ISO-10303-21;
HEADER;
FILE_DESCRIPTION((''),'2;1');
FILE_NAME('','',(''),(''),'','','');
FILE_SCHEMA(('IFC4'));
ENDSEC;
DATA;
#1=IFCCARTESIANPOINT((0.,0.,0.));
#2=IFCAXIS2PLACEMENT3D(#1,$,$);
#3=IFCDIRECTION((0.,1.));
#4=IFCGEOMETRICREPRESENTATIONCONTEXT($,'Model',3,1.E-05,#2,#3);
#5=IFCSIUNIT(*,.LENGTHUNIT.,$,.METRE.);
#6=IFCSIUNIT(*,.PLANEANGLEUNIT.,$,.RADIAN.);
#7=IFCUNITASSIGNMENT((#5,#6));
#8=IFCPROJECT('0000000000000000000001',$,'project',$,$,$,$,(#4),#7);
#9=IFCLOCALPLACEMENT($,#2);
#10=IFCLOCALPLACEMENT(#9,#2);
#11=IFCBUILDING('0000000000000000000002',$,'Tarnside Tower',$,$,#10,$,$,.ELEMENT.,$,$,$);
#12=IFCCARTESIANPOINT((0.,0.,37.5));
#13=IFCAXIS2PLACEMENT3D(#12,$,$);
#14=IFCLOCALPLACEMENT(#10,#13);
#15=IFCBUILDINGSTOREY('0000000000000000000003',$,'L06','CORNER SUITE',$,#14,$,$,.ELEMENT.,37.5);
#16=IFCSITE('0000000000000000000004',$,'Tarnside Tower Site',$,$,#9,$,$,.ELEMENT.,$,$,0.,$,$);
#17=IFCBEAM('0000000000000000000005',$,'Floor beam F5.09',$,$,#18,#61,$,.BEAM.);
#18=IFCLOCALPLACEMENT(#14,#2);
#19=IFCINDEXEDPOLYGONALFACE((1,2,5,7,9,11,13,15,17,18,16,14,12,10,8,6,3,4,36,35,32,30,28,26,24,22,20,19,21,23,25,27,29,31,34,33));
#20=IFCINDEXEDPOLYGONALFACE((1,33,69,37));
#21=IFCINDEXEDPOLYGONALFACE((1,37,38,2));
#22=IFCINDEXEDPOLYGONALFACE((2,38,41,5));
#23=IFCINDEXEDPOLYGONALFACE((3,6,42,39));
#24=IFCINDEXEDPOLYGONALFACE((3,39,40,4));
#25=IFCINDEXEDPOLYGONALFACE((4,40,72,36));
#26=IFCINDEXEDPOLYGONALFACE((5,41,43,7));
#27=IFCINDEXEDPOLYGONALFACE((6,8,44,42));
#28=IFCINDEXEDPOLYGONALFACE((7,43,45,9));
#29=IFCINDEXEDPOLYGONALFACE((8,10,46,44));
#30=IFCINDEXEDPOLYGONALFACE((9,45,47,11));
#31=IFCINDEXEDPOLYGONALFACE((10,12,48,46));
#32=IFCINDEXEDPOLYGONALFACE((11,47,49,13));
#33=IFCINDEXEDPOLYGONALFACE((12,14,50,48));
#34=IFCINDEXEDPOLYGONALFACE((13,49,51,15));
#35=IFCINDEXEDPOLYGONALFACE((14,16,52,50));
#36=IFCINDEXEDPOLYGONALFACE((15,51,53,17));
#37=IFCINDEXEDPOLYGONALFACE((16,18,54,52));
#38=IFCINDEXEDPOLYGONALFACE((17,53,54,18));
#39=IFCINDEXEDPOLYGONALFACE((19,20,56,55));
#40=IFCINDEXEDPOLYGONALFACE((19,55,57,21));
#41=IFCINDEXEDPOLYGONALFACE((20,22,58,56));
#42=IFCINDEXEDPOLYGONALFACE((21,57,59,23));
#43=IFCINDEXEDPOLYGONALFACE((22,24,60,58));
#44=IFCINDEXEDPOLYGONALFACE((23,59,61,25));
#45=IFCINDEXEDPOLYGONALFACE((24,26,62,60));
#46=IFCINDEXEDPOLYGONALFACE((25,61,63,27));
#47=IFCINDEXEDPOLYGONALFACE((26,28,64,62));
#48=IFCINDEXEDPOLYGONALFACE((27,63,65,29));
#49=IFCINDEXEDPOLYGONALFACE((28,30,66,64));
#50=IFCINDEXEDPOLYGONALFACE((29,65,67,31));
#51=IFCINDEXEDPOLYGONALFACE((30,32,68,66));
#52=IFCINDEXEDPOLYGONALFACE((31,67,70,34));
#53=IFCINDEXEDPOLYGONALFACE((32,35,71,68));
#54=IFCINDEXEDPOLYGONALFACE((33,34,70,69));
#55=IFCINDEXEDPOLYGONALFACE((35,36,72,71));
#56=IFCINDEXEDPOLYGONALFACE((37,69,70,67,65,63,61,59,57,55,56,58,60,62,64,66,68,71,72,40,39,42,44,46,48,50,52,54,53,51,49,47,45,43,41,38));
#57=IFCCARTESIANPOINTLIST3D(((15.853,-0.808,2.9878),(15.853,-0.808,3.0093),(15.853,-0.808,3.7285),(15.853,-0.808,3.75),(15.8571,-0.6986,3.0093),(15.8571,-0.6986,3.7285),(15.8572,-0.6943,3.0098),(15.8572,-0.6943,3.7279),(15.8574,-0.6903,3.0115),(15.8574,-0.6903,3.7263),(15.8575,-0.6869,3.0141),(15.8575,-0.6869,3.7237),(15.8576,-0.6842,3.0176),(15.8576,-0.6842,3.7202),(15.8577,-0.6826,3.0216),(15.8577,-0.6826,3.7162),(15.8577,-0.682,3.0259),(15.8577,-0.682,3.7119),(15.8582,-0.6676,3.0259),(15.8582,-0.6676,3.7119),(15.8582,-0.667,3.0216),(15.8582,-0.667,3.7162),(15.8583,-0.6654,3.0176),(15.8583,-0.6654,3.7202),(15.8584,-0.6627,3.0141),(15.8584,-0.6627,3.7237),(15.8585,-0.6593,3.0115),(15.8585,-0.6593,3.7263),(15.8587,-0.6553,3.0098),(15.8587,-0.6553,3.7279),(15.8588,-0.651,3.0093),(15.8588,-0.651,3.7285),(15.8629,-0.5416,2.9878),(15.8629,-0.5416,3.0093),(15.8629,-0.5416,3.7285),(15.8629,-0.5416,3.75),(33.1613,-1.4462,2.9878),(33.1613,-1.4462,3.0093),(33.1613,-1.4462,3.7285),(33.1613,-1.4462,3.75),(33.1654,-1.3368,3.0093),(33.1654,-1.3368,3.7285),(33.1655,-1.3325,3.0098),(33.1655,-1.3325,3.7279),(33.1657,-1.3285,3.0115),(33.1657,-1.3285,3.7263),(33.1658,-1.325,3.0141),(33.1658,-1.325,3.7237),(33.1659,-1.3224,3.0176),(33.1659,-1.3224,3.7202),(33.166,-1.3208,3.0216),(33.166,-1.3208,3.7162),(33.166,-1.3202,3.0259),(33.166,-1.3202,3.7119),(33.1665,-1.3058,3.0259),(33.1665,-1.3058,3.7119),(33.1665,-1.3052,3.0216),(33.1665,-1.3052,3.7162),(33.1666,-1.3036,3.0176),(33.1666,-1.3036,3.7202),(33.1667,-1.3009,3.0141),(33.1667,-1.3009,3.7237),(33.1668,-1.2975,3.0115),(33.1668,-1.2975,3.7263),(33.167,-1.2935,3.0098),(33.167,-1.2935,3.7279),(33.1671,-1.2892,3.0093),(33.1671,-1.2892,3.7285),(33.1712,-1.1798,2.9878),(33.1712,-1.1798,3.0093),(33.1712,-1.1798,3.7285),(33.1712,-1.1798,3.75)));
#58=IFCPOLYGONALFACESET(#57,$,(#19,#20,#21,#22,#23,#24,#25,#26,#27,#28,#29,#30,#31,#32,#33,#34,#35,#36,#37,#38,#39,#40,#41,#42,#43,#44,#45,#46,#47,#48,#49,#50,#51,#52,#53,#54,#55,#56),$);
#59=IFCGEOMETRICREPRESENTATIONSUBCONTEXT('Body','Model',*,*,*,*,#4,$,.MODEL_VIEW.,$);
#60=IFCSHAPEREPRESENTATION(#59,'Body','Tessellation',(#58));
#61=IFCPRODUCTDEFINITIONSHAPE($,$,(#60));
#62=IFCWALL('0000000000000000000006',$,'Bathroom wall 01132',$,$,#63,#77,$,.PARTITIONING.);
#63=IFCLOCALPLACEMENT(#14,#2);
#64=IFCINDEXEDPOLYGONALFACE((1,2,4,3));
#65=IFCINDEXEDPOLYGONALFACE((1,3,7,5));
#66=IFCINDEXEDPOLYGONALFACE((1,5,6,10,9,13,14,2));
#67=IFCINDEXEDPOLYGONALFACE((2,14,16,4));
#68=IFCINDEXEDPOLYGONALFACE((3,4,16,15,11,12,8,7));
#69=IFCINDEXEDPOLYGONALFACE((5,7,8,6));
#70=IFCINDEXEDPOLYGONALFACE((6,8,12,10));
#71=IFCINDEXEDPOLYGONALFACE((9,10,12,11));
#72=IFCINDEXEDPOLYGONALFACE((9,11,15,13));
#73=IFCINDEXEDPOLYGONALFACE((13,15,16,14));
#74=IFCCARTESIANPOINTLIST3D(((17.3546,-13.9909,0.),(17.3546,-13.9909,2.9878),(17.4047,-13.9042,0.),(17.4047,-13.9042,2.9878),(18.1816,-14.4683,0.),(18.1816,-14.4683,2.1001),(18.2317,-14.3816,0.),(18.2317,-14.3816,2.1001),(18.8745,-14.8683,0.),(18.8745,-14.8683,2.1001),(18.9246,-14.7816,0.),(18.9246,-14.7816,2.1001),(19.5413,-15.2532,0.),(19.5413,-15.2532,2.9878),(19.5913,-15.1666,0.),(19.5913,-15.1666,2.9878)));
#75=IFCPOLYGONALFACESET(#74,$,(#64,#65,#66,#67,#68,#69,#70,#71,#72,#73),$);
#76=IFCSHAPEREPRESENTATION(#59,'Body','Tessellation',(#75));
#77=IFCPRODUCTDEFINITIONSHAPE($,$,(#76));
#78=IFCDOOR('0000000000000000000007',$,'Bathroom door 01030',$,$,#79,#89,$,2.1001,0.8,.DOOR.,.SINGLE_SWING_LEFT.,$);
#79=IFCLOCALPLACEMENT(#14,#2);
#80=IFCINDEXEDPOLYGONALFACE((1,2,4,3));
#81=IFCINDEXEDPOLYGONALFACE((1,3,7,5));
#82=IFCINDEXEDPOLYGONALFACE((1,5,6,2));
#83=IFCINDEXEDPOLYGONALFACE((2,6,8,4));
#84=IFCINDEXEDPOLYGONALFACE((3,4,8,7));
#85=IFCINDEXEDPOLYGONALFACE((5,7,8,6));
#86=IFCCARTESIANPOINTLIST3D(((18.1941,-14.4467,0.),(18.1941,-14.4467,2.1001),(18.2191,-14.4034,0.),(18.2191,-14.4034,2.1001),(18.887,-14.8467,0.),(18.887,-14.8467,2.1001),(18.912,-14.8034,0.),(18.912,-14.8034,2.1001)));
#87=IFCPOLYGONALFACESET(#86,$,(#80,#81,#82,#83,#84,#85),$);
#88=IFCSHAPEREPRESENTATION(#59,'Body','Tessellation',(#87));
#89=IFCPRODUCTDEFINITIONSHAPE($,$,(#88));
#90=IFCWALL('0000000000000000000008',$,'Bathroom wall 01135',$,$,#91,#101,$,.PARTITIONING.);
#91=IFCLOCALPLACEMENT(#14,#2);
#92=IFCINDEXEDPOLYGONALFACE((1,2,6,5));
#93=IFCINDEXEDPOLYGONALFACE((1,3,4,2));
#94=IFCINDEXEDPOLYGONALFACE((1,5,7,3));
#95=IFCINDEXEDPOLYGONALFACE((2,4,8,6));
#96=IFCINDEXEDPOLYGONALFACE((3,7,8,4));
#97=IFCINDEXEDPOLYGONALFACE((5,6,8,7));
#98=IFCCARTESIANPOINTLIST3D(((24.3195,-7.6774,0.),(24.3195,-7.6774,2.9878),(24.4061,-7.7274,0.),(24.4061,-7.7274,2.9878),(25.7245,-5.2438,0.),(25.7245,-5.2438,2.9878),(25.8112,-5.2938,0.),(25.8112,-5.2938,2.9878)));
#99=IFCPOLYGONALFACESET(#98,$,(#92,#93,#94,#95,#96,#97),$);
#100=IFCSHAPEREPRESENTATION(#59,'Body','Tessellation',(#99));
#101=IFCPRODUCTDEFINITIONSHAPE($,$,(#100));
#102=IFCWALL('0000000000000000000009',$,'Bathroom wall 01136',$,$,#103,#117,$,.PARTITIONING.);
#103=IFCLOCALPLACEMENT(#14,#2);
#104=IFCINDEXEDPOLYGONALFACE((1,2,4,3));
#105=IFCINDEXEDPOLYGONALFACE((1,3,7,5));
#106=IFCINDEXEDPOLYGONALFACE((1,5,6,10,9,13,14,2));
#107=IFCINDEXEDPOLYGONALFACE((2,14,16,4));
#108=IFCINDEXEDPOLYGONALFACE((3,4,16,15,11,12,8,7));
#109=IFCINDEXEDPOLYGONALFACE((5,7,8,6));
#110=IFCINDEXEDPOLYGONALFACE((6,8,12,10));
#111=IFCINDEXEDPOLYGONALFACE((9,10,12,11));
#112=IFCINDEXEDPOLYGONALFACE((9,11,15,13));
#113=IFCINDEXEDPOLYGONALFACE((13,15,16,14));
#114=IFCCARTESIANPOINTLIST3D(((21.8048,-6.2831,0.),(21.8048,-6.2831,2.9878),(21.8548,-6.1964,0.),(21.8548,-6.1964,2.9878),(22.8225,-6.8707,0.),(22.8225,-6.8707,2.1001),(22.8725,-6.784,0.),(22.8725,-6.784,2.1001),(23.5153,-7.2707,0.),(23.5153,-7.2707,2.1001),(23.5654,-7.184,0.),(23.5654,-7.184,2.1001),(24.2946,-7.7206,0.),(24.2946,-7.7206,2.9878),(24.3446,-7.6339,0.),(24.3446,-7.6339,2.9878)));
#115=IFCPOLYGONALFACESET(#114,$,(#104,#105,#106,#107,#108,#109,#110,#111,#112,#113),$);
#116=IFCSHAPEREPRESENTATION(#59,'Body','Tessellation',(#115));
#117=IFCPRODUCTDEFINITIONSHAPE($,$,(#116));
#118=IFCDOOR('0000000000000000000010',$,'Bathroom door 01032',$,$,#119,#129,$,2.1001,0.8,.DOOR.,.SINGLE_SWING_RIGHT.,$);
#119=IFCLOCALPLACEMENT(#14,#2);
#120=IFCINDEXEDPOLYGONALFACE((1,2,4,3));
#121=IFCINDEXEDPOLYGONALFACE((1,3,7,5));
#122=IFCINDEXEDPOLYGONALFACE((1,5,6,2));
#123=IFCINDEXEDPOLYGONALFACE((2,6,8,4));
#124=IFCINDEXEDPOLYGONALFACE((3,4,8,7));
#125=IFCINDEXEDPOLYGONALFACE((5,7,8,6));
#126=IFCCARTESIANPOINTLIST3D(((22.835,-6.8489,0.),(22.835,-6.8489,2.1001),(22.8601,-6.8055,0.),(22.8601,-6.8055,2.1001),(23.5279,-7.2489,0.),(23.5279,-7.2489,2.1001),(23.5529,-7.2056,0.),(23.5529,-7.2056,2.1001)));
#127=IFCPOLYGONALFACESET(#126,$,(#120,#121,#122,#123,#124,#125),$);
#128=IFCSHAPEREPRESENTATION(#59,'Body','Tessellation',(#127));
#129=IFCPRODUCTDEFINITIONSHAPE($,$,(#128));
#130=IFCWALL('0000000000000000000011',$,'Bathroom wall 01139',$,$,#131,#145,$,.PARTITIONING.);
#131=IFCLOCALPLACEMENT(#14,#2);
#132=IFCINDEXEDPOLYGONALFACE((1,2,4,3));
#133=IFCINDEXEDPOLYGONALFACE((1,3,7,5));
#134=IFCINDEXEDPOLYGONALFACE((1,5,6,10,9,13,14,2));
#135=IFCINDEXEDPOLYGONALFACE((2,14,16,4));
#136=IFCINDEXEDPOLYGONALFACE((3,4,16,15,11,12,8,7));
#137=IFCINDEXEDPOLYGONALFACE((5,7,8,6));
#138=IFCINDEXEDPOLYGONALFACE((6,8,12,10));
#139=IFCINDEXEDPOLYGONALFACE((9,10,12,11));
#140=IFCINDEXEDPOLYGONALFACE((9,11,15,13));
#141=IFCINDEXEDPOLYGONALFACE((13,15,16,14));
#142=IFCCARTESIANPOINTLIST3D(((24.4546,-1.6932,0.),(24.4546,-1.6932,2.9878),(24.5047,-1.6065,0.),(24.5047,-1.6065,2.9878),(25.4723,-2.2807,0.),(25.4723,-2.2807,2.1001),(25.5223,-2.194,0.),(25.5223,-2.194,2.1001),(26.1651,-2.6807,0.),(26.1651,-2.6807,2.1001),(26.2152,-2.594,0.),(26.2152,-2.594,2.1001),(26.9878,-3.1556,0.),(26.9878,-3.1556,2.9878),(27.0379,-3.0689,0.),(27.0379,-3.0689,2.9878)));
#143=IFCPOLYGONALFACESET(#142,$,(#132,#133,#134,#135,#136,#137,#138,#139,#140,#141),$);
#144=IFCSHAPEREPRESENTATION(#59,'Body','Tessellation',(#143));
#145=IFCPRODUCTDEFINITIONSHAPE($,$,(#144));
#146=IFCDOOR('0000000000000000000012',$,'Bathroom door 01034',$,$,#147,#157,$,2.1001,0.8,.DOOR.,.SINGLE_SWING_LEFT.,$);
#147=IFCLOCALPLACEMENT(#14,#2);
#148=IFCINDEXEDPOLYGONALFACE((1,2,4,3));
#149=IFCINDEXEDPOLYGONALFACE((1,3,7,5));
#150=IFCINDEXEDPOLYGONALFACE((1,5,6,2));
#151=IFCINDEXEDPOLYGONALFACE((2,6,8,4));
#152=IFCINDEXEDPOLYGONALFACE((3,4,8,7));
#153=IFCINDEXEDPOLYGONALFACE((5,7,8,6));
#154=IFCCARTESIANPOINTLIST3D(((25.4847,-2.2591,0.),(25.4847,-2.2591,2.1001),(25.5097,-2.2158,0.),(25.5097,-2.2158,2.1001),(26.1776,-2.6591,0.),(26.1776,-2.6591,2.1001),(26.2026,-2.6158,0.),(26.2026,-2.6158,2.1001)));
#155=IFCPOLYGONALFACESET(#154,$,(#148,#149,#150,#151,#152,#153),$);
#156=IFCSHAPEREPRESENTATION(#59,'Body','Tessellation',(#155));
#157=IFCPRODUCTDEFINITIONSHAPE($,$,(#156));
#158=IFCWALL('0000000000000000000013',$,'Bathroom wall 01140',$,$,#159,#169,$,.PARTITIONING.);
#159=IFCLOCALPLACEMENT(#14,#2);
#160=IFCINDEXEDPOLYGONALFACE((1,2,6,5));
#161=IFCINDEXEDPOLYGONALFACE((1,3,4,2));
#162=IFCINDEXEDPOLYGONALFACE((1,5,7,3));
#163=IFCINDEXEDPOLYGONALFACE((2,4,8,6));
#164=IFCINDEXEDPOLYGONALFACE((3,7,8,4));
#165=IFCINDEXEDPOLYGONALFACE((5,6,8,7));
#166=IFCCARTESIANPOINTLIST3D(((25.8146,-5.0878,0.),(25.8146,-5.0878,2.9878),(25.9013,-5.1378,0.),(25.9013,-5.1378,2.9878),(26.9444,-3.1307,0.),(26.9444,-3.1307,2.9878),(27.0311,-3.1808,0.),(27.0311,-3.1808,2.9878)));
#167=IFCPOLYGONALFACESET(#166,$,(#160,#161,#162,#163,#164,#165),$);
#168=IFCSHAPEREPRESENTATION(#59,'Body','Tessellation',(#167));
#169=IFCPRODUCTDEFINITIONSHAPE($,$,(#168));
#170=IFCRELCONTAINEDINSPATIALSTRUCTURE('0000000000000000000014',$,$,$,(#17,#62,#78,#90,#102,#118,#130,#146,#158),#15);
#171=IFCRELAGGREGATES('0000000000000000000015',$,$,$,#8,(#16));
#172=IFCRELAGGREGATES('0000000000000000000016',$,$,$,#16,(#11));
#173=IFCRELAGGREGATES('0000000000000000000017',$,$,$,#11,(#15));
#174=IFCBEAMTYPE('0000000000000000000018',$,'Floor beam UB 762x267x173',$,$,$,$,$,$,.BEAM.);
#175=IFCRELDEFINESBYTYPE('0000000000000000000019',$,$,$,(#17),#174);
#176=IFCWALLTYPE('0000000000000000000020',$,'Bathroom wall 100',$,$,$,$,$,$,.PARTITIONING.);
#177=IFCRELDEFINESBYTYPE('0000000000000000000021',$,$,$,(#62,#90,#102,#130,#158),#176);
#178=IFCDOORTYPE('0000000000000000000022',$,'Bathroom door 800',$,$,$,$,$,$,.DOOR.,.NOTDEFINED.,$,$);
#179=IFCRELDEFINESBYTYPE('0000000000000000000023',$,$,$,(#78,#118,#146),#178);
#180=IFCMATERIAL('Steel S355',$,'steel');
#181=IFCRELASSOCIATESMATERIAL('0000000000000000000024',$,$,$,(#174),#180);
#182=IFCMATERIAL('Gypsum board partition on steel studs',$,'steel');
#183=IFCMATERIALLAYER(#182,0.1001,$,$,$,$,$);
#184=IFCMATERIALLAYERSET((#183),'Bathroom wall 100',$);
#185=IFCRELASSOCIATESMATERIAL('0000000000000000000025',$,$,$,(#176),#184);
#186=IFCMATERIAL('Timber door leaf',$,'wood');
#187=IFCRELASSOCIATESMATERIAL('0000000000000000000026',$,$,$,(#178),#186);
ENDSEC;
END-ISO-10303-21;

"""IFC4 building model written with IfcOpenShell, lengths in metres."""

from ifc_helpers import new_model, si_unit, direction, frame, frame_2d, origin, origin_2d, place, context, subcontext, project, spatial, rectangle, i_section, extrude, material, layer, layer_set, material_profile, profile_set, type_object, element, fill, save


model = new_model("IFC4")

# Units and contexts
model_context = context("Model", 3, precision=1e-05, world=origin(), true_north=direction((0.0, 1.0)))
body_context = subcontext(model_context, "Body", "Model", "MODEL_VIEW")
ifc_project = project(units=[si_unit("LENGTHUNIT", "METRE"), si_unit("PLANEANGLEUNIT", "RADIAN")], contexts=[model_context])

# Site, building, storey
site_placement = place(None, origin())
site = spatial("IfcSite", under=ifc_project, at=site_placement, Name="Tarnside Tower Site", CompositionType="ELEMENT", RefElevation=0.0)
building_placement = place(site_placement, origin())
building = spatial("IfcBuilding", under=site, at=building_placement, Name="Tarnside Tower", CompositionType="ELEMENT")
storey_placement = place(building_placement, frame((0.0, 0.0, 37.5)))
storey = spatial("IfcBuildingStorey", under=building, at=storey_placement, Name="L06", Description="CORNER SUITE", CompositionType="ELEMENT", Elevation=37.5)

# Beam
ifc_material_1 = material(Name="Steel S355", Category="steel")
ifc_material_profile_1 = material_profile(ifc_material_1, i_section(OverallWidth=0.2666, OverallDepth=0.7622, WebThickness=0.0144, FlangeThickness=0.0215, FilletRadius=0.0166, at=origin_2d()), Name="UB 762x267x173")
ifc_profile_set_1 = profile_set([ifc_material_profile_1], Name="Steel S355")
beam_type_1 = type_object("IfcBeamType", Name="Floor beam UB 762x267x173", PredefinedType="BEAM", material=ifc_profile_set_1)
beam_1_placement = place(storey_placement, frame((33.1663, -1.313, 3.3689), z_axis=(-0.999321, 0.036846, 0.0), x_axis=(-0.036846, -0.999321, 0.0)))
element("IfcBeam", 1, at=beam_1_placement, inside=storey, type_object=beam_type_1, Name="Floor beam F5.09", PredefinedType="BEAM", context=body_context, shape_type="SweptSolid", body=[
    extrude(i_section(OverallWidth=0.2666, OverallDepth=0.7622, WebThickness=0.0144, FlangeThickness=0.0215, FilletRadius=0.0166, at=origin_2d()), origin(), (0.0, 0.0, 1.0), 17.3201),
])

# Wall, opening, door
ifc_material_2 = material(Name="Gypsum board partition on steel studs", Category="steel")
ifc_layer_1 = layer(ifc_material_2, 0.1001)
ifc_layer_set_1 = layer_set([ifc_layer_1], Name="Bathroom wall 100")
wall_type_1 = type_object("IfcWallType", Name="Bathroom wall 100", PredefinedType="PARTITIONING", material=ifc_layer_set_1)
wall_1_placement = place(storey_placement, frame((17.3796, -13.9475, 0.0), z_axis=(0.0, 0.0, 1.0), x_axis=(0.866039, -0.499976, 0.0)))
wall_1 = element("IfcWall", 2, at=wall_1_placement, inside=storey, type_object=wall_type_1, Name="Bathroom wall 01132", PredefinedType="PARTITIONING", context=body_context, shape_type="SweptSolid", body=[
    extrude(rectangle(XDim=2.5249, YDim=0.1001, at=frame_2d((1.2625, 0.0))), origin(), (0.0, 0.0, 1.0), 2.9878),
])
opening_1_placement = place(wall_1_placement, frame((0.9551, 0.0, 0.0)))
opening_1 = element("IfcOpeningElement", 3, at=opening_1_placement, cuts=wall_1, PredefinedType="OPENING", context=body_context, shape_type="SweptSolid", body=[
    extrude(rectangle(XDim=0.8, YDim=2.1001, at=frame_2d((0.3999, 1.05))), frame((0.0, 0.0601, 0.0), z_axis=(0.0, -1.0, 0.0), x_axis=(1.0, 0.0, 0.0)), (0.0, 0.0, 1.0), 0.1201),
])
ifc_material_3 = material(Name="Timber door leaf", Category="wood")
door_type_1 = type_object("IfcDoorType", Name="Bathroom door 800", OperationType="NOTDEFINED", PredefinedType="DOOR", material=ifc_material_3)
door_1_placement = place(opening_1_placement, origin())
door_1 = element("IfcDoor", 4, at=door_1_placement, inside=storey, type_object=door_type_1, Name="Bathroom door 01030", OperationType="SINGLE_SWING_LEFT", OverallHeight=2.1001, OverallWidth=0.8, PredefinedType="DOOR", context=body_context, shape_type="SweptSolid", body=[
    extrude(rectangle(XDim=0.8, YDim=2.1001, at=frame_2d((0.3999, 1.05))), frame((0.0, 0.0249, 0.0), z_axis=(0.0, -1.0, 0.0), x_axis=(1.0, 0.0, 0.0)), (0.0, 0.0, 1.0), 0.05),
])
fill(opening_1, door_1)

# Wall
wall_2_placement = place(storey_placement, frame((25.7678, -5.2688, 0.0), z_axis=(0.0, 0.0, 1.0), x_axis=(-0.499998, -0.866026, 0.0)))
element("IfcWall", 5, at=wall_2_placement, inside=storey, type_object=wall_type_1, Name="Bathroom wall 01135", PredefinedType="PARTITIONING", context=body_context, shape_type="SweptSolid", body=[
    extrude(rectangle(XDim=2.8101, YDim=0.1001, at=frame_2d((1.405, 0.0))), origin(), (0.0, 0.0, 1.0), 2.9878),
])

# Walls, openings, doors
wall_3_placement = place(storey_placement, frame((24.3196, -7.6772, 0.0), z_axis=(0.0, 0.0, 1.0), x_axis=(-0.866019, 0.500012, 0.0)))
wall_3 = element("IfcWall", 6, at=wall_3_placement, inside=storey, type_object=wall_type_1, Name="Bathroom wall 01136", PredefinedType="PARTITIONING", context=body_context, shape_type="SweptSolid", body=[
    extrude(rectangle(XDim=2.875, YDim=0.1001, at=frame_2d((1.4375, 0.0))), origin(), (0.0, 0.0, 1.0), 2.9878),
])
opening_2_placement = place(wall_3_placement, frame((0.8999, 0.0, 0.0)))
opening_2 = element("IfcOpeningElement", 7, at=opening_2_placement, cuts=wall_3, PredefinedType="OPENING", context=body_context, shape_type="SweptSolid", body=[
    extrude(rectangle(XDim=0.8, YDim=2.1001, at=frame_2d((0.3999, 1.05))), frame((0.0, 0.0601, 0.0), z_axis=(0.0, -1.0, 0.0), x_axis=(1.0, 0.0, 0.0)), (0.0, 0.0, 1.0), 0.1201),
])
door_2_placement = place(opening_2_placement, origin())
door_2 = element("IfcDoor", 8, at=door_2_placement, inside=storey, type_object=door_type_1, Name="Bathroom door 01032", OperationType="SINGLE_SWING_RIGHT", OverallHeight=2.1001, OverallWidth=0.8, PredefinedType="DOOR", context=body_context, shape_type="SweptSolid", body=[
    extrude(rectangle(XDim=0.8, YDim=2.1001, at=frame_2d((0.3999, 1.05))), frame((0.0, 0.0249, 0.0), z_axis=(0.0, -1.0, 0.0), x_axis=(1.0, 0.0, 0.0)), (0.0, 0.0, 1.0), 0.05),
])
fill(opening_2, door_2)
wall_4_placement = place(storey_placement, frame((24.4797, -1.6499, 0.0), z_axis=(0.0, 0.0, 1.0), x_axis=(0.866047, -0.499963, 0.0)))
wall_4 = element("IfcWall", 9, at=wall_4_placement, inside=storey, type_object=wall_type_1, Name="Bathroom wall 01139", PredefinedType="PARTITIONING", context=body_context, shape_type="SweptSolid", body=[
    extrude(rectangle(XDim=2.925, YDim=0.1001, at=frame_2d((1.4624, 0.0))), origin(), (0.0, 0.0, 1.0), 2.9878),
])
opening_3_placement = place(wall_4_placement, frame((1.175, 0.0, 0.0)))
opening_3 = element("IfcOpeningElement", 10, at=opening_3_placement, cuts=wall_4, PredefinedType="OPENING", context=body_context, shape_type="SweptSolid", body=[
    extrude(rectangle(XDim=0.8, YDim=2.1001, at=frame_2d((0.3999, 1.05))), frame((0.0, 0.0601, 0.0), z_axis=(0.0, -1.0, 0.0), x_axis=(1.0, 0.0, 0.0)), (0.0, 0.0, 1.0), 0.1201),
])
door_3_placement = place(opening_3_placement, origin())
door_3 = element("IfcDoor", 11, at=door_3_placement, inside=storey, type_object=door_type_1, Name="Bathroom door 01034", OperationType="SINGLE_SWING_LEFT", OverallHeight=2.1001, OverallWidth=0.8, PredefinedType="DOOR", context=body_context, shape_type="SweptSolid", body=[
    extrude(rectangle(XDim=0.8, YDim=2.1001, at=frame_2d((0.3999, 1.05))), frame((0.0, 0.0249, 0.0), z_axis=(0.0, -1.0, 0.0), x_axis=(1.0, 0.0, 0.0)), (0.0, 0.0, 1.0), 0.05),
])
fill(opening_3, door_3)

# Wall
wall_5_placement = place(storey_placement, frame((26.9878, -3.1558, 0.0), z_axis=(0.0, 0.0, 1.0), x_axis=(-0.499997, -0.866027, 0.0)))
element("IfcWall", 12, at=wall_5_placement, inside=storey, type_object=wall_type_1, Name="Bathroom wall 01140", PredefinedType="PARTITIONING", context=body_context, shape_type="SweptSolid", body=[
    extrude(rectangle(XDim=2.2598, YDim=0.1001, at=frame_2d((1.1299, 0.0))), origin(), (0.0, 0.0, 1.0), 2.9878),
])

save(model, "model.ifc")
